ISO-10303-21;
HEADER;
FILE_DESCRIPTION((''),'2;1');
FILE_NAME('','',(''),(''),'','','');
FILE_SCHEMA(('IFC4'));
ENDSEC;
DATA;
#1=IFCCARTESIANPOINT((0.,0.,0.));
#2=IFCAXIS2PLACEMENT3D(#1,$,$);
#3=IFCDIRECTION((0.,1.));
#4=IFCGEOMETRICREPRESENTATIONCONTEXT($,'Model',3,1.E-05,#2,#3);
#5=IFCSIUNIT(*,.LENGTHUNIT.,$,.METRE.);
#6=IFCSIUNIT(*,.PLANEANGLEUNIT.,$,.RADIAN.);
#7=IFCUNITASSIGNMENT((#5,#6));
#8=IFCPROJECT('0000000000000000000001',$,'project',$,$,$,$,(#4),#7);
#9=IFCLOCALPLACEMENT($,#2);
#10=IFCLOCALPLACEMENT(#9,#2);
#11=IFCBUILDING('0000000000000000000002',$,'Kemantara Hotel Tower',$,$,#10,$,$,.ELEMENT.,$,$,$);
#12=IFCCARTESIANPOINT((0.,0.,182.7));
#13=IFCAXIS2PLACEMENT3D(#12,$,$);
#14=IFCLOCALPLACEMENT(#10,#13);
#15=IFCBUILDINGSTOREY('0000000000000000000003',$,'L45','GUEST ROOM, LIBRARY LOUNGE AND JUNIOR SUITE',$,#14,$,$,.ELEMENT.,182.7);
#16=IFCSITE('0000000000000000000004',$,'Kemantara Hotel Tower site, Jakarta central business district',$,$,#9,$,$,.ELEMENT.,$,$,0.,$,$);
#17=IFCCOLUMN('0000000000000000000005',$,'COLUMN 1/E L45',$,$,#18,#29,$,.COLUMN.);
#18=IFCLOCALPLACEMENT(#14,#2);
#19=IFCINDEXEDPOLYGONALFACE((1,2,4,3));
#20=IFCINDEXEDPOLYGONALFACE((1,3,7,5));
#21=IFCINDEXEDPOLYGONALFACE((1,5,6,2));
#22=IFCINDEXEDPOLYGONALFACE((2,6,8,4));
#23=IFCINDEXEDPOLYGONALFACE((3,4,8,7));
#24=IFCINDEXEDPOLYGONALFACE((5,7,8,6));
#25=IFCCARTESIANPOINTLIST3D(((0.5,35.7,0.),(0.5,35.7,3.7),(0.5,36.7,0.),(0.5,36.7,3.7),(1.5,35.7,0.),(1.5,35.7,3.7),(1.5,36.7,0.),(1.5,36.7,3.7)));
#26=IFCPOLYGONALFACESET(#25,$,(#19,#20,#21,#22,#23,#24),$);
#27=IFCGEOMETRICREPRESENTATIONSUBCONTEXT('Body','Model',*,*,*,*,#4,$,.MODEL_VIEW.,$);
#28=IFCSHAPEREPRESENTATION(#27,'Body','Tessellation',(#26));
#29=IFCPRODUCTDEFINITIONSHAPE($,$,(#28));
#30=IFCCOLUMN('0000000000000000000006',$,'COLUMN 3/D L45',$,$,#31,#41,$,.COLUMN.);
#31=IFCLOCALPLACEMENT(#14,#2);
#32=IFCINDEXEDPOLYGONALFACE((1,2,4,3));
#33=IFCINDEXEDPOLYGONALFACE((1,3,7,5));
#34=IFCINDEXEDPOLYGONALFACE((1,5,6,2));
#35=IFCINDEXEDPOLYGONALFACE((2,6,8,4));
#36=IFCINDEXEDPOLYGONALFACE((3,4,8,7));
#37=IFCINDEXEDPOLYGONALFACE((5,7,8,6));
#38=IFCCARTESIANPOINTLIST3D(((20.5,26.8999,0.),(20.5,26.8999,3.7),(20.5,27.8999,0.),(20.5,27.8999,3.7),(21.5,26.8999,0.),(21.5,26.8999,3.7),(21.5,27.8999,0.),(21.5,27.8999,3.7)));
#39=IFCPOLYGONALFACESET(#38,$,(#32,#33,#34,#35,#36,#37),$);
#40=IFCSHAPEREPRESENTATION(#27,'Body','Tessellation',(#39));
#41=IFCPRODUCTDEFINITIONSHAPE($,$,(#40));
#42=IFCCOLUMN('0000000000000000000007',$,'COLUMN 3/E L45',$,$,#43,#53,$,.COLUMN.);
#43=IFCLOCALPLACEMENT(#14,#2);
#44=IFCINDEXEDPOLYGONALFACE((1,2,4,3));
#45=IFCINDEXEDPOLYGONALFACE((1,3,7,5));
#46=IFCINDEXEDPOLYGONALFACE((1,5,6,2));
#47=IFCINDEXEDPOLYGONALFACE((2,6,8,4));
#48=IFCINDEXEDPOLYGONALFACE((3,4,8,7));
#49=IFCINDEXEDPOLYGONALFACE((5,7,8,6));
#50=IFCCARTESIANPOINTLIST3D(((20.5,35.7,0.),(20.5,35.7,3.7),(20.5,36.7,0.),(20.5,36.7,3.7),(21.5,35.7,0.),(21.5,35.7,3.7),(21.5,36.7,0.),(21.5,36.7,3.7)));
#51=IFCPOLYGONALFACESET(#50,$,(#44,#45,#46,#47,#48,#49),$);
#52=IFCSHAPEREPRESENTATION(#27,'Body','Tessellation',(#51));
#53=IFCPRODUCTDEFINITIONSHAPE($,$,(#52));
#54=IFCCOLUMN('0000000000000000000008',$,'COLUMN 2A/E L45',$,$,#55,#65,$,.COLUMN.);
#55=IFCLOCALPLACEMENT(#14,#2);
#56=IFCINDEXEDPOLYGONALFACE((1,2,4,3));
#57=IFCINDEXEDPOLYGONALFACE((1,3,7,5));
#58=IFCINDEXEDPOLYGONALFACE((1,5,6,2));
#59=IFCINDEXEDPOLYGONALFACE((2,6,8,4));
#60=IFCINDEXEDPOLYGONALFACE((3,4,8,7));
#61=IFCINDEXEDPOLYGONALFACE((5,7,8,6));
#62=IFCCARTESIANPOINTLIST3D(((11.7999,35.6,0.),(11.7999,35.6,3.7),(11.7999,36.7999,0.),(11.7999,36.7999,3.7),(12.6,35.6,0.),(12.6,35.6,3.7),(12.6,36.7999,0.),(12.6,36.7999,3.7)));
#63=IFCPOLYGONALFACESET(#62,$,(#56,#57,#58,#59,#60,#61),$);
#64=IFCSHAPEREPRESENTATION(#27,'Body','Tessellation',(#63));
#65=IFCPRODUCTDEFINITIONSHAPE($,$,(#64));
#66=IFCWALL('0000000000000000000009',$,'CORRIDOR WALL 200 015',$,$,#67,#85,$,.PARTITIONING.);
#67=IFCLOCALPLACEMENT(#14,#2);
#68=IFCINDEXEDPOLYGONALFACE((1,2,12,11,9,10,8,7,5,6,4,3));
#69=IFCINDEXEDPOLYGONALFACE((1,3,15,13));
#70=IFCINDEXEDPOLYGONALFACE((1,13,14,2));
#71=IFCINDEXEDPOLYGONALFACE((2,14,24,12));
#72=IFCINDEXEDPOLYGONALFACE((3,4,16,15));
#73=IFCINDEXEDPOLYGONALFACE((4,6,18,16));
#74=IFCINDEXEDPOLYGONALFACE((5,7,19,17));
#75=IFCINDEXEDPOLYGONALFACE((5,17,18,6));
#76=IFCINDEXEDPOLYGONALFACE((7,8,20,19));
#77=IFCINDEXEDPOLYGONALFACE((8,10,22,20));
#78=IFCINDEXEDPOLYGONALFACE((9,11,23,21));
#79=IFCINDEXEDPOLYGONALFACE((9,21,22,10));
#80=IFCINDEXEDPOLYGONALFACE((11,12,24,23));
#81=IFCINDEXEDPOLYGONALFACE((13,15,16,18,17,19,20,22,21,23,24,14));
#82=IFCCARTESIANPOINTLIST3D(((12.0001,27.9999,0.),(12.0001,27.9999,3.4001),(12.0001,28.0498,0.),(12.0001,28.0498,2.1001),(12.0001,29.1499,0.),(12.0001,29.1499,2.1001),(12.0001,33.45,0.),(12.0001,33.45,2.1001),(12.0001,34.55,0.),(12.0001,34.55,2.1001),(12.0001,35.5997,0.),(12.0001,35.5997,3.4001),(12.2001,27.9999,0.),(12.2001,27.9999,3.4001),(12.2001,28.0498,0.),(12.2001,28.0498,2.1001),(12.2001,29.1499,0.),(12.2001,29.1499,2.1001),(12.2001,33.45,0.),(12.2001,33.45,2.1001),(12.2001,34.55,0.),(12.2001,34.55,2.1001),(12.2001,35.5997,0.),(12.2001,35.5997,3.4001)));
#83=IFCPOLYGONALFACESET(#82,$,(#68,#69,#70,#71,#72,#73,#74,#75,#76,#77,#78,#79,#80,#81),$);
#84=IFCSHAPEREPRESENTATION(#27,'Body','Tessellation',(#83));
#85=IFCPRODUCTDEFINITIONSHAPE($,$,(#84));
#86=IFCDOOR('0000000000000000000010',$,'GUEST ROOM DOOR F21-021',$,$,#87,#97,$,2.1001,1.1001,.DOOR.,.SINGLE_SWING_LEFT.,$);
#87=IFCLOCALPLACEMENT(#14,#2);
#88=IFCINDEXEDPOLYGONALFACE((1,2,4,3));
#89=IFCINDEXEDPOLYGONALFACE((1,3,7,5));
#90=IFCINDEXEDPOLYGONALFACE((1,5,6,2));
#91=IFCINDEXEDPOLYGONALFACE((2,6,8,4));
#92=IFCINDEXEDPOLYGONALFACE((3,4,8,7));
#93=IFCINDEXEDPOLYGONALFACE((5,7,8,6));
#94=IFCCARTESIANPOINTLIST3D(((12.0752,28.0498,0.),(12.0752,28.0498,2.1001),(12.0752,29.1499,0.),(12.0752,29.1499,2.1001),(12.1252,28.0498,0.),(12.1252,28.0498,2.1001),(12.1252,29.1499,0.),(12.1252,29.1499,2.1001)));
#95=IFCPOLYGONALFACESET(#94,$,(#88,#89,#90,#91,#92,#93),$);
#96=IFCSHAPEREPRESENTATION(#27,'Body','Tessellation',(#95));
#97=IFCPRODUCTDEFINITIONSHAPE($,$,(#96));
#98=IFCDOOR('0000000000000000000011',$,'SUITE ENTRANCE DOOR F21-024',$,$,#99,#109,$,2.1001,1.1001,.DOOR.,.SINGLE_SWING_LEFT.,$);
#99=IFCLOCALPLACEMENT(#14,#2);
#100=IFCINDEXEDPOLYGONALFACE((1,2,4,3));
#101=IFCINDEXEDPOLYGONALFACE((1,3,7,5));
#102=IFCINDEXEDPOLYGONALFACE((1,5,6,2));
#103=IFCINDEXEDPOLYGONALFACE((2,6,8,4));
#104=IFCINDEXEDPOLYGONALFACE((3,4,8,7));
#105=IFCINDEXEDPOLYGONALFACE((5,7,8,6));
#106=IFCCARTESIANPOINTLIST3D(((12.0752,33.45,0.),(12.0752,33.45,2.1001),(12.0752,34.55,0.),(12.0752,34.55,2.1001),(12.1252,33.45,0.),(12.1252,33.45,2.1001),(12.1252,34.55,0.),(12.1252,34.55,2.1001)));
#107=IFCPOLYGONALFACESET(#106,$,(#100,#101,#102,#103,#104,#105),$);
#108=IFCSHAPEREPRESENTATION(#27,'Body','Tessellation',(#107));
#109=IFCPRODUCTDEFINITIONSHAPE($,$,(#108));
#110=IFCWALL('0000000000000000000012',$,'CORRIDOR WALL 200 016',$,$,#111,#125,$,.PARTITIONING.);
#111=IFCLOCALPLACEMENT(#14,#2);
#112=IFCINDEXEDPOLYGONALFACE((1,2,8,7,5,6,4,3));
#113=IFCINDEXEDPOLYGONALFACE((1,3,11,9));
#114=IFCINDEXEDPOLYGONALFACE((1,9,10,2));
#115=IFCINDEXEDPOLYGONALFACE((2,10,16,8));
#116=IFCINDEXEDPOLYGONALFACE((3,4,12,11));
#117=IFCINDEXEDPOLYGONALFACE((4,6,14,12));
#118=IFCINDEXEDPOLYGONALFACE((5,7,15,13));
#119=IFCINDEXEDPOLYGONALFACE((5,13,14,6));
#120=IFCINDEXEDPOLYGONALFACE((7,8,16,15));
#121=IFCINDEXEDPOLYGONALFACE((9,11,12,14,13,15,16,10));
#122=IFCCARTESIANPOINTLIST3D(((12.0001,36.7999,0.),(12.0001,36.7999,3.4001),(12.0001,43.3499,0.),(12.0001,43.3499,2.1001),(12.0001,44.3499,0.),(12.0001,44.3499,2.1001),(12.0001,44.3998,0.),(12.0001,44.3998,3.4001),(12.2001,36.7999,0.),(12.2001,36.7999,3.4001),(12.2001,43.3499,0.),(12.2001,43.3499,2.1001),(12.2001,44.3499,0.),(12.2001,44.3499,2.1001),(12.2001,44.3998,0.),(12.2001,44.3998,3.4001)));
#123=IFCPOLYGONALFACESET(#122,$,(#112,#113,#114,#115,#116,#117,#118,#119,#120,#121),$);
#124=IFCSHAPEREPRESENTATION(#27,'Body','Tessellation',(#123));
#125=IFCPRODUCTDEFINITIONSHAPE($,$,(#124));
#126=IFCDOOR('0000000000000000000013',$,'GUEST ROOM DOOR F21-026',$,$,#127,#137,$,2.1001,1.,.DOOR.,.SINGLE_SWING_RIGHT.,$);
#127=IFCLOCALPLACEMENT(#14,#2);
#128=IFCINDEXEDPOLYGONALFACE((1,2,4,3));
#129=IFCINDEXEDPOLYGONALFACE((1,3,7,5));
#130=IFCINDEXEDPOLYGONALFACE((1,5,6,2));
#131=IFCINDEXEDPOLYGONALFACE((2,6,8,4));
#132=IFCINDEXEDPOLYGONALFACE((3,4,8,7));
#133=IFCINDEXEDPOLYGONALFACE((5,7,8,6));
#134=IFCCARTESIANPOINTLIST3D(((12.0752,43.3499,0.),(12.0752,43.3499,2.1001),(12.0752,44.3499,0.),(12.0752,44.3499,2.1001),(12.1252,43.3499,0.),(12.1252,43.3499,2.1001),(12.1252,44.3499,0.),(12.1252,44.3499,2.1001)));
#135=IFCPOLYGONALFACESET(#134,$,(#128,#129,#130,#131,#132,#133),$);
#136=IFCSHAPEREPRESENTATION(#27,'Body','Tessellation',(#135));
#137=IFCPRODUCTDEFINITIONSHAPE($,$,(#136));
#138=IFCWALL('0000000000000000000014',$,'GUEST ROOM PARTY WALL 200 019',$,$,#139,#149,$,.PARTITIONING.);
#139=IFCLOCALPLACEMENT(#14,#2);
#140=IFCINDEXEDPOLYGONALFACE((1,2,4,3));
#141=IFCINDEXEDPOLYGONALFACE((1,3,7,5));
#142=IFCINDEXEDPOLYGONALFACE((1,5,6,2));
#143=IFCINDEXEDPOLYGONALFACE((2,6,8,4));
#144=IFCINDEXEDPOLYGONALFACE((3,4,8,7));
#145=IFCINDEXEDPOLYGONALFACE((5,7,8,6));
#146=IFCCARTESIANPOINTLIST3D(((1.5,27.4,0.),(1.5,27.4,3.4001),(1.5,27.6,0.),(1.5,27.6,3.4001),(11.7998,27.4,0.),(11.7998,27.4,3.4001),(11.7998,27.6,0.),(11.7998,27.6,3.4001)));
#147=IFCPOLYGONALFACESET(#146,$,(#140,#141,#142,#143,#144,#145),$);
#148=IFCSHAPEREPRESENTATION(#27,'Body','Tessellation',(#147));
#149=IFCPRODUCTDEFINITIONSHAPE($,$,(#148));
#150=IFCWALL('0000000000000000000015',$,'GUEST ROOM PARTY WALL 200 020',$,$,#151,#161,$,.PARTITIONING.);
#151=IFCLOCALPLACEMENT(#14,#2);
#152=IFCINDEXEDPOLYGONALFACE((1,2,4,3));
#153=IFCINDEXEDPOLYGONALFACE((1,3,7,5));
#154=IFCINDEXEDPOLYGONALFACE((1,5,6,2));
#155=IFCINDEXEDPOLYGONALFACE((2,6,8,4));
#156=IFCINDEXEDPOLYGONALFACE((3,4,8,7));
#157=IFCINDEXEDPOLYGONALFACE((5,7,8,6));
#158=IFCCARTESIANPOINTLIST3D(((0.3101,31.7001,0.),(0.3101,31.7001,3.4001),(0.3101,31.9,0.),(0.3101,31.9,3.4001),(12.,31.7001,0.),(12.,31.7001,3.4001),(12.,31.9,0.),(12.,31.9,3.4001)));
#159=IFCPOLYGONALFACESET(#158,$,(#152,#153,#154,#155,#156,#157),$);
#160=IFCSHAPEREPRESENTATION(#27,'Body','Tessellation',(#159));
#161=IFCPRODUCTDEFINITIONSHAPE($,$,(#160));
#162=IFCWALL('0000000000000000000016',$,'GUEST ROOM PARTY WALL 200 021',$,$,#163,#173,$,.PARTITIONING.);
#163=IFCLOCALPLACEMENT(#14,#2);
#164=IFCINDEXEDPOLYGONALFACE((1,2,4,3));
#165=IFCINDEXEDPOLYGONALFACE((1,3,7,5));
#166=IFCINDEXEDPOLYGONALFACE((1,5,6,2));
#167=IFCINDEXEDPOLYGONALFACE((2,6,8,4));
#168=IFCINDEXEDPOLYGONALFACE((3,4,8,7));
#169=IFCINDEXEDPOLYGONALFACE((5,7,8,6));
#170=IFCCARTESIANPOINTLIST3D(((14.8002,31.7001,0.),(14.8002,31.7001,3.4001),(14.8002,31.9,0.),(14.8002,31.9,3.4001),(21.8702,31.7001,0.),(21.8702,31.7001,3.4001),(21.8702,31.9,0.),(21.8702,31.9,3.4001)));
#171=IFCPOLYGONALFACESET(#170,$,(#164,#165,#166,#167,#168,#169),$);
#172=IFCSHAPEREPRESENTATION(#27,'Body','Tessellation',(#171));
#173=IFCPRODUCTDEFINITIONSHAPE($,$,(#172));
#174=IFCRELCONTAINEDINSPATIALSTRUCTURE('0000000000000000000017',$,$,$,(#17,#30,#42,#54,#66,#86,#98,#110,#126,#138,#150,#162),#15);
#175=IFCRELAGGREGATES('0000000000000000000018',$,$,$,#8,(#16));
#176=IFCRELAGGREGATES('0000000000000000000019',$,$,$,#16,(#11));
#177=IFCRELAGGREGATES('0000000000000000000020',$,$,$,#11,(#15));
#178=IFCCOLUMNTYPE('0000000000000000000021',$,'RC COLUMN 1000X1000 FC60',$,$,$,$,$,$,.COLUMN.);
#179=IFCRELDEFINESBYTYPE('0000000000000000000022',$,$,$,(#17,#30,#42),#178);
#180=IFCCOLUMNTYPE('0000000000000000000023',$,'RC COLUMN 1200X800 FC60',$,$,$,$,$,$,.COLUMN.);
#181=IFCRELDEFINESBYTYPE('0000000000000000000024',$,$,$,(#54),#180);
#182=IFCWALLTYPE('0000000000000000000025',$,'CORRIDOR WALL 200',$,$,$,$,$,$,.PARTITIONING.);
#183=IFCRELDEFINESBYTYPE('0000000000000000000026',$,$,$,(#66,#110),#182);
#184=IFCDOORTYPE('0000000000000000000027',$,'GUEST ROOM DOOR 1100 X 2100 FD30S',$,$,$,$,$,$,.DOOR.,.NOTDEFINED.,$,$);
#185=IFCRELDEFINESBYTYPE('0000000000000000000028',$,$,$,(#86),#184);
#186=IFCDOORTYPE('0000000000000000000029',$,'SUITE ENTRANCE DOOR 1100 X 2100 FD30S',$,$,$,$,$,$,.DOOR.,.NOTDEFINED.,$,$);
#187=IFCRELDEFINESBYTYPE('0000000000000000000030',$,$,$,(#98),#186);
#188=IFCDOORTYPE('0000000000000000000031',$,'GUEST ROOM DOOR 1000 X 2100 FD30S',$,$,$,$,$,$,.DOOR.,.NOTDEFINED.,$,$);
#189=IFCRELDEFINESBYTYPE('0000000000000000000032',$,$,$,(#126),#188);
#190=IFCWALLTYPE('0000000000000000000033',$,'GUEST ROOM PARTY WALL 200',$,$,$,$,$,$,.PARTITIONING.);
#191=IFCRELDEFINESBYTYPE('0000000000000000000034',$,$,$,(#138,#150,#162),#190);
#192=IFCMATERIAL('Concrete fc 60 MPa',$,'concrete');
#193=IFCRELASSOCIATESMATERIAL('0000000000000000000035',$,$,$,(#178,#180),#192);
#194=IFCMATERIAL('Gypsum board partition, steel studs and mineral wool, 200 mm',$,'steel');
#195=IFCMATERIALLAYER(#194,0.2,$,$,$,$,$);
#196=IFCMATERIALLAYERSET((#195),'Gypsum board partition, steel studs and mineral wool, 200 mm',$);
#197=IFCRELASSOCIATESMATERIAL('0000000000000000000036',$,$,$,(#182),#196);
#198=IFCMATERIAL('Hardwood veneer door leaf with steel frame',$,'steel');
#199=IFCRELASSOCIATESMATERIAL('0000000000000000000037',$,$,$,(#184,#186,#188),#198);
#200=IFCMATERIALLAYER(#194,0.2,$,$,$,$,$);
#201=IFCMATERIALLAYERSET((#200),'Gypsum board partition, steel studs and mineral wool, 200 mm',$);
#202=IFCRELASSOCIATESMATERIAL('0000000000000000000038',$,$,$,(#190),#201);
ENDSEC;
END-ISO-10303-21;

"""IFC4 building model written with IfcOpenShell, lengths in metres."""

from ifc_helpers import new_model, si_unit, direction, frame, frame_2d, origin, origin_2d, place, context, subcontext, project, spatial, rectangle, extrude, material, layer, layer_set, material_profile, profile_set, type_object, element, fill, save


model = new_model("IFC4")

# Units and contexts
model_context = context("Model", 3, precision=1e-05, world=origin(), true_north=direction((0.0, 1.0)))
body_context = subcontext(model_context, "Body", "Model", "MODEL_VIEW")
ifc_project = project(units=[si_unit("LENGTHUNIT", "METRE"), si_unit("PLANEANGLEUNIT", "RADIAN")], contexts=[model_context])

# Site, building, storey
site_placement = place(None, origin())
site = spatial("IfcSite", under=ifc_project, at=site_placement, Name="Kemantara Hotel Tower site, Jakarta central business district", CompositionType="ELEMENT", RefElevation=0.0)
building_placement = place(site_placement, origin())
building = spatial("IfcBuilding", under=site, at=building_placement, Name="Kemantara Hotel Tower", CompositionType="ELEMENT")
storey_placement = place(building_placement, frame((0.0, 0.0, 182.7)))
storey = spatial("IfcBuildingStorey", under=building, at=storey_placement, Name="L45", Description="GUEST ROOM, LIBRARY LOUNGE AND JUNIOR SUITE", CompositionType="ELEMENT", Elevation=182.7)

# Columns
ifc_material_1 = material(Name="Concrete fc 60 MPa", Category="concrete")
ifc_material_profile_1 = material_profile(ifc_material_1, rectangle(XDim=1.0, YDim=1.0, at=origin_2d()), Name="RC 1000X1000")
ifc_profile_set_1 = profile_set([ifc_material_profile_1], Name="Concrete fc 60 MPa")
column_type_1 = type_object("IfcColumnType", Name="RC COLUMN 1000X1000 FC60", PredefinedType="COLUMN", material=ifc_profile_set_1)
for number, where, z_axis, x_axis, name in (
    (1, (1.0, 36.2, 0.0), (0.0, 0.0, 1.0), (1.0, 0.0, 0.0), "COLUMN 1/E L45"),
    (2, (21.0, 27.3999, 0.0), (0.0, 0.0, 1.0), (1.0, 0.0, 0.0), "COLUMN 3/D L45"),
    (3, (21.0, 36.2, 0.0), (0.0, 0.0, 1.0), (1.0, 0.0, 0.0), "COLUMN 3/E L45"),
):
    element("IfcColumn", number, at=place(storey_placement, frame(where, z_axis=z_axis, x_axis=x_axis)), inside=storey, type_object=column_type_1, Name=name, PredefinedType="COLUMN", context=body_context, shape_type="SweptSolid", body=[
        extrude(rectangle(XDim=1.0, YDim=1.0, at=origin_2d()), origin(), (0.0, 0.0, 1.0), 3.7),
    ])
ifc_material_profile_2 = material_profile(ifc_material_1, rectangle(XDim=1.2, YDim=0.8, at=origin_2d()), Name="RC 1200X800")
ifc_profile_set_2 = profile_set([ifc_material_profile_2], Name="Concrete fc 60 MPa")
column_type_2 = type_object("IfcColumnType", Name="RC COLUMN 1200X800 FC60", PredefinedType="COLUMN", material=ifc_profile_set_2)
column_placement = place(storey_placement, frame((12.2, 36.2, 0.0), z_axis=(0.0, 0.0, 1.0), x_axis=(0.0, 1.0, 0.0)))
element("IfcColumn", 4, at=column_placement, inside=storey, type_object=column_type_2, Name="COLUMN 2A/E L45", PredefinedType="COLUMN", context=body_context, shape_type="SweptSolid", body=[
    extrude(rectangle(XDim=1.2, YDim=0.8, at=origin_2d()), origin(), (0.0, 0.0, 1.0), 3.7),
])

# Wall, openings, doors
ifc_material_2 = material(Name="Gypsum board partition, steel studs and mineral wool, 200 mm", Category="steel")
ifc_layer_1 = layer(ifc_material_2, 0.2)
ifc_layer_set_1 = layer_set([ifc_layer_1], Name="Gypsum board partition, steel studs and mineral wool, 200 mm")
wall_type_1 = type_object("IfcWallType", Name="CORRIDOR WALL 200", PredefinedType="PARTITIONING", material=ifc_layer_set_1)
wall_1_placement = place(storey_placement, frame((12.1001, 28.0, 0.0), z_axis=(0.0, 0.0, 1.0), x_axis=(0.0, 1.0, 0.0)))
wall_1 = element("IfcWall", 5, at=wall_1_placement, inside=storey, type_object=wall_type_1, Name="CORRIDOR WALL 200 015", PredefinedType="PARTITIONING", context=body_context, shape_type="SweptSolid", body=[
    extrude(rectangle(XDim=7.5999, YDim=0.2, at=frame_2d((3.7998, 0.0))), origin(), (0.0, 0.0, 1.0), 3.4001),
])
opening_1_placement = place(wall_1_placement, frame((0.0498, 0.0, 0.0)))
opening_1 = element("IfcOpeningElement", 6, at=opening_1_placement, cuts=wall_1, PredefinedType="OPENING", context=body_context, shape_type="SweptSolid", body=[
    extrude(rectangle(XDim=1.1001, YDim=2.1001, at=frame_2d((0.55, 1.05))), frame((0.0, 0.1099, 0.0), z_axis=(0.0, -1.0, 0.0), x_axis=(1.0, 0.0, 0.0)), (0.0, 0.0, 1.0), 0.22),
])
opening_2_placement = place(wall_1_placement, frame((5.45, 0.0, 0.0)))
opening_2 = element("IfcOpeningElement", 7, at=opening_2_placement, cuts=wall_1, PredefinedType="OPENING", context=body_context, shape_type="SweptSolid", body=[
    extrude(rectangle(XDim=1.1001, YDim=2.1001, at=frame_2d((0.55, 1.05))), frame((0.0, 0.1099, 0.0), z_axis=(0.0, -1.0, 0.0), x_axis=(1.0, 0.0, 0.0)), (0.0, 0.0, 1.0), 0.22),
])
ifc_material_3 = material(Name="Hardwood veneer door leaf with steel frame", Category="steel")
door_type_1 = type_object("IfcDoorType", Name="GUEST ROOM DOOR 1100 X 2100 FD30S", OperationType="NOTDEFINED", PredefinedType="DOOR", material=ifc_material_3)
door_1_placement = place(opening_1_placement, origin())
door_1 = element("IfcDoor", 8, at=door_1_placement, inside=storey, type_object=door_type_1, Name="GUEST ROOM DOOR F21-021", OperationType="SINGLE_SWING_LEFT", OverallHeight=2.1001, OverallWidth=1.1001, PredefinedType="DOOR", context=body_context, shape_type="SweptSolid", body=[
    extrude(rectangle(XDim=1.1001, YDim=2.1001, at=frame_2d((0.55, 1.05))), frame((0.0, 0.0249, 0.0), z_axis=(0.0, -1.0, 0.0), x_axis=(1.0, 0.0, 0.0)), (0.0, 0.0, 1.0), 0.05),
])
fill(opening_1, door_1)
door_type_2 = type_object("IfcDoorType", Name="SUITE ENTRANCE DOOR 1100 X 2100 FD30S", OperationType="NOTDEFINED", PredefinedType="DOOR", material=ifc_material_3)
door_2_placement = place(opening_2_placement, origin())
door_2 = element("IfcDoor", 9, at=door_2_placement, inside=storey, type_object=door_type_2, Name="SUITE ENTRANCE DOOR F21-024", OperationType="SINGLE_SWING_LEFT", OverallHeight=2.1001, OverallWidth=1.1001, PredefinedType="DOOR", context=body_context, shape_type="SweptSolid", body=[
    extrude(rectangle(XDim=1.1001, YDim=2.1001, at=frame_2d((0.55, 1.05))), frame((0.0, 0.0249, 0.0), z_axis=(0.0, -1.0, 0.0), x_axis=(1.0, 0.0, 0.0)), (0.0, 0.0, 1.0), 0.05),
])
fill(opening_2, door_2)

# Wall, opening, door
wall_2_placement = place(storey_placement, frame((12.1001, 36.8, 0.0), z_axis=(0.0, 0.0, 1.0), x_axis=(0.0, 1.0, 0.0)))
wall_2 = element("IfcWall", 10, at=wall_2_placement, inside=storey, type_object=wall_type_1, Name="CORRIDOR WALL 200 016", PredefinedType="PARTITIONING", context=body_context, shape_type="SweptSolid", body=[
    extrude(rectangle(XDim=7.5999, YDim=0.2, at=frame_2d((3.7998, 0.0))), origin(), (0.0, 0.0, 1.0), 3.4001),
])
opening_3_placement = place(wall_2_placement, frame((6.5498, 0.0, 0.0)))
opening_3 = element("IfcOpeningElement", 11, at=opening_3_placement, cuts=wall_2, PredefinedType="OPENING", context=body_context, shape_type="SweptSolid", body=[
    extrude(rectangle(XDim=1.0, YDim=2.1001, at=frame_2d((0.5, 1.05))), frame((0.0, 0.1099, 0.0), z_axis=(0.0, -1.0, 0.0), x_axis=(1.0, 0.0, 0.0)), (0.0, 0.0, 1.0), 0.22),
])
door_type_3 = type_object("IfcDoorType", Name="GUEST ROOM DOOR 1000 X 2100 FD30S", OperationType="NOTDEFINED", PredefinedType="DOOR", material=ifc_material_3)
door_3_placement = place(opening_3_placement, origin())
door_3 = element("IfcDoor", 12, at=door_3_placement, inside=storey, type_object=door_type_3, Name="GUEST ROOM DOOR F21-026", OperationType="SINGLE_SWING_RIGHT", OverallHeight=2.1001, OverallWidth=1.0, PredefinedType="DOOR", context=body_context, shape_type="SweptSolid", body=[
    extrude(rectangle(XDim=1.0, YDim=2.1001, at=frame_2d((0.5, 1.05))), frame((0.0, 0.0249, 0.0), z_axis=(0.0, -1.0, 0.0), x_axis=(1.0, 0.0, 0.0)), (0.0, 0.0, 1.0), 0.05),
])
fill(opening_3, door_3)

# Walls
ifc_layer_2 = layer(ifc_material_2, 0.2)
ifc_layer_set_2 = layer_set([ifc_layer_2], Name="Gypsum board partition, steel studs and mineral wool, 200 mm")
wall_type_2 = type_object("IfcWallType", Name="GUEST ROOM PARTY WALL 200", PredefinedType="PARTITIONING", material=ifc_layer_set_2)
wall_3_placement = place(storey_placement, frame((1.5, 27.5, 0.0), z_axis=(0.0, 0.0, 1.0), x_axis=(1.0, 0.0, 0.0)))
element("IfcWall", 13, at=wall_3_placement, inside=storey, type_object=wall_type_2, Name="GUEST ROOM PARTY WALL 200 019", PredefinedType="PARTITIONING", context=body_context, shape_type="SweptSolid", body=[
    extrude(rectangle(XDim=10.2998, YDim=0.2, at=frame_2d((5.1499, 0.0))), origin(), (0.0, 0.0, 1.0), 3.4001),
])
wall_4_placement = place(storey_placement, frame((0.3101, 31.8, 0.0), z_axis=(0.0, 0.0, 1.0), x_axis=(1.0, 0.0, 0.0)))
element("IfcWall", 14, at=wall_4_placement, inside=storey, type_object=wall_type_2, Name="GUEST ROOM PARTY WALL 200 020", PredefinedType="PARTITIONING", context=body_context, shape_type="SweptSolid", body=[
    extrude(rectangle(XDim=11.6899, YDim=0.2, at=frame_2d((5.845, 0.0))), origin(), (0.0, 0.0, 1.0), 3.4001),
])
wall_5_placement = place(storey_placement, frame((14.8, 31.8, 0.0), z_axis=(0.0, 0.0, 1.0), x_axis=(1.0, 0.0, 0.0)))
element("IfcWall", 15, at=wall_5_placement, inside=storey, type_object=wall_type_2, Name="GUEST ROOM PARTY WALL 200 021", PredefinedType="PARTITIONING", context=body_context, shape_type="SweptSolid", body=[
    extrude(rectangle(XDim=7.0701, YDim=0.2, at=frame_2d((3.5352, 0.0))), origin(), (0.0, 0.0, 1.0), 3.4001),
])

save(model, "model.ifc")
